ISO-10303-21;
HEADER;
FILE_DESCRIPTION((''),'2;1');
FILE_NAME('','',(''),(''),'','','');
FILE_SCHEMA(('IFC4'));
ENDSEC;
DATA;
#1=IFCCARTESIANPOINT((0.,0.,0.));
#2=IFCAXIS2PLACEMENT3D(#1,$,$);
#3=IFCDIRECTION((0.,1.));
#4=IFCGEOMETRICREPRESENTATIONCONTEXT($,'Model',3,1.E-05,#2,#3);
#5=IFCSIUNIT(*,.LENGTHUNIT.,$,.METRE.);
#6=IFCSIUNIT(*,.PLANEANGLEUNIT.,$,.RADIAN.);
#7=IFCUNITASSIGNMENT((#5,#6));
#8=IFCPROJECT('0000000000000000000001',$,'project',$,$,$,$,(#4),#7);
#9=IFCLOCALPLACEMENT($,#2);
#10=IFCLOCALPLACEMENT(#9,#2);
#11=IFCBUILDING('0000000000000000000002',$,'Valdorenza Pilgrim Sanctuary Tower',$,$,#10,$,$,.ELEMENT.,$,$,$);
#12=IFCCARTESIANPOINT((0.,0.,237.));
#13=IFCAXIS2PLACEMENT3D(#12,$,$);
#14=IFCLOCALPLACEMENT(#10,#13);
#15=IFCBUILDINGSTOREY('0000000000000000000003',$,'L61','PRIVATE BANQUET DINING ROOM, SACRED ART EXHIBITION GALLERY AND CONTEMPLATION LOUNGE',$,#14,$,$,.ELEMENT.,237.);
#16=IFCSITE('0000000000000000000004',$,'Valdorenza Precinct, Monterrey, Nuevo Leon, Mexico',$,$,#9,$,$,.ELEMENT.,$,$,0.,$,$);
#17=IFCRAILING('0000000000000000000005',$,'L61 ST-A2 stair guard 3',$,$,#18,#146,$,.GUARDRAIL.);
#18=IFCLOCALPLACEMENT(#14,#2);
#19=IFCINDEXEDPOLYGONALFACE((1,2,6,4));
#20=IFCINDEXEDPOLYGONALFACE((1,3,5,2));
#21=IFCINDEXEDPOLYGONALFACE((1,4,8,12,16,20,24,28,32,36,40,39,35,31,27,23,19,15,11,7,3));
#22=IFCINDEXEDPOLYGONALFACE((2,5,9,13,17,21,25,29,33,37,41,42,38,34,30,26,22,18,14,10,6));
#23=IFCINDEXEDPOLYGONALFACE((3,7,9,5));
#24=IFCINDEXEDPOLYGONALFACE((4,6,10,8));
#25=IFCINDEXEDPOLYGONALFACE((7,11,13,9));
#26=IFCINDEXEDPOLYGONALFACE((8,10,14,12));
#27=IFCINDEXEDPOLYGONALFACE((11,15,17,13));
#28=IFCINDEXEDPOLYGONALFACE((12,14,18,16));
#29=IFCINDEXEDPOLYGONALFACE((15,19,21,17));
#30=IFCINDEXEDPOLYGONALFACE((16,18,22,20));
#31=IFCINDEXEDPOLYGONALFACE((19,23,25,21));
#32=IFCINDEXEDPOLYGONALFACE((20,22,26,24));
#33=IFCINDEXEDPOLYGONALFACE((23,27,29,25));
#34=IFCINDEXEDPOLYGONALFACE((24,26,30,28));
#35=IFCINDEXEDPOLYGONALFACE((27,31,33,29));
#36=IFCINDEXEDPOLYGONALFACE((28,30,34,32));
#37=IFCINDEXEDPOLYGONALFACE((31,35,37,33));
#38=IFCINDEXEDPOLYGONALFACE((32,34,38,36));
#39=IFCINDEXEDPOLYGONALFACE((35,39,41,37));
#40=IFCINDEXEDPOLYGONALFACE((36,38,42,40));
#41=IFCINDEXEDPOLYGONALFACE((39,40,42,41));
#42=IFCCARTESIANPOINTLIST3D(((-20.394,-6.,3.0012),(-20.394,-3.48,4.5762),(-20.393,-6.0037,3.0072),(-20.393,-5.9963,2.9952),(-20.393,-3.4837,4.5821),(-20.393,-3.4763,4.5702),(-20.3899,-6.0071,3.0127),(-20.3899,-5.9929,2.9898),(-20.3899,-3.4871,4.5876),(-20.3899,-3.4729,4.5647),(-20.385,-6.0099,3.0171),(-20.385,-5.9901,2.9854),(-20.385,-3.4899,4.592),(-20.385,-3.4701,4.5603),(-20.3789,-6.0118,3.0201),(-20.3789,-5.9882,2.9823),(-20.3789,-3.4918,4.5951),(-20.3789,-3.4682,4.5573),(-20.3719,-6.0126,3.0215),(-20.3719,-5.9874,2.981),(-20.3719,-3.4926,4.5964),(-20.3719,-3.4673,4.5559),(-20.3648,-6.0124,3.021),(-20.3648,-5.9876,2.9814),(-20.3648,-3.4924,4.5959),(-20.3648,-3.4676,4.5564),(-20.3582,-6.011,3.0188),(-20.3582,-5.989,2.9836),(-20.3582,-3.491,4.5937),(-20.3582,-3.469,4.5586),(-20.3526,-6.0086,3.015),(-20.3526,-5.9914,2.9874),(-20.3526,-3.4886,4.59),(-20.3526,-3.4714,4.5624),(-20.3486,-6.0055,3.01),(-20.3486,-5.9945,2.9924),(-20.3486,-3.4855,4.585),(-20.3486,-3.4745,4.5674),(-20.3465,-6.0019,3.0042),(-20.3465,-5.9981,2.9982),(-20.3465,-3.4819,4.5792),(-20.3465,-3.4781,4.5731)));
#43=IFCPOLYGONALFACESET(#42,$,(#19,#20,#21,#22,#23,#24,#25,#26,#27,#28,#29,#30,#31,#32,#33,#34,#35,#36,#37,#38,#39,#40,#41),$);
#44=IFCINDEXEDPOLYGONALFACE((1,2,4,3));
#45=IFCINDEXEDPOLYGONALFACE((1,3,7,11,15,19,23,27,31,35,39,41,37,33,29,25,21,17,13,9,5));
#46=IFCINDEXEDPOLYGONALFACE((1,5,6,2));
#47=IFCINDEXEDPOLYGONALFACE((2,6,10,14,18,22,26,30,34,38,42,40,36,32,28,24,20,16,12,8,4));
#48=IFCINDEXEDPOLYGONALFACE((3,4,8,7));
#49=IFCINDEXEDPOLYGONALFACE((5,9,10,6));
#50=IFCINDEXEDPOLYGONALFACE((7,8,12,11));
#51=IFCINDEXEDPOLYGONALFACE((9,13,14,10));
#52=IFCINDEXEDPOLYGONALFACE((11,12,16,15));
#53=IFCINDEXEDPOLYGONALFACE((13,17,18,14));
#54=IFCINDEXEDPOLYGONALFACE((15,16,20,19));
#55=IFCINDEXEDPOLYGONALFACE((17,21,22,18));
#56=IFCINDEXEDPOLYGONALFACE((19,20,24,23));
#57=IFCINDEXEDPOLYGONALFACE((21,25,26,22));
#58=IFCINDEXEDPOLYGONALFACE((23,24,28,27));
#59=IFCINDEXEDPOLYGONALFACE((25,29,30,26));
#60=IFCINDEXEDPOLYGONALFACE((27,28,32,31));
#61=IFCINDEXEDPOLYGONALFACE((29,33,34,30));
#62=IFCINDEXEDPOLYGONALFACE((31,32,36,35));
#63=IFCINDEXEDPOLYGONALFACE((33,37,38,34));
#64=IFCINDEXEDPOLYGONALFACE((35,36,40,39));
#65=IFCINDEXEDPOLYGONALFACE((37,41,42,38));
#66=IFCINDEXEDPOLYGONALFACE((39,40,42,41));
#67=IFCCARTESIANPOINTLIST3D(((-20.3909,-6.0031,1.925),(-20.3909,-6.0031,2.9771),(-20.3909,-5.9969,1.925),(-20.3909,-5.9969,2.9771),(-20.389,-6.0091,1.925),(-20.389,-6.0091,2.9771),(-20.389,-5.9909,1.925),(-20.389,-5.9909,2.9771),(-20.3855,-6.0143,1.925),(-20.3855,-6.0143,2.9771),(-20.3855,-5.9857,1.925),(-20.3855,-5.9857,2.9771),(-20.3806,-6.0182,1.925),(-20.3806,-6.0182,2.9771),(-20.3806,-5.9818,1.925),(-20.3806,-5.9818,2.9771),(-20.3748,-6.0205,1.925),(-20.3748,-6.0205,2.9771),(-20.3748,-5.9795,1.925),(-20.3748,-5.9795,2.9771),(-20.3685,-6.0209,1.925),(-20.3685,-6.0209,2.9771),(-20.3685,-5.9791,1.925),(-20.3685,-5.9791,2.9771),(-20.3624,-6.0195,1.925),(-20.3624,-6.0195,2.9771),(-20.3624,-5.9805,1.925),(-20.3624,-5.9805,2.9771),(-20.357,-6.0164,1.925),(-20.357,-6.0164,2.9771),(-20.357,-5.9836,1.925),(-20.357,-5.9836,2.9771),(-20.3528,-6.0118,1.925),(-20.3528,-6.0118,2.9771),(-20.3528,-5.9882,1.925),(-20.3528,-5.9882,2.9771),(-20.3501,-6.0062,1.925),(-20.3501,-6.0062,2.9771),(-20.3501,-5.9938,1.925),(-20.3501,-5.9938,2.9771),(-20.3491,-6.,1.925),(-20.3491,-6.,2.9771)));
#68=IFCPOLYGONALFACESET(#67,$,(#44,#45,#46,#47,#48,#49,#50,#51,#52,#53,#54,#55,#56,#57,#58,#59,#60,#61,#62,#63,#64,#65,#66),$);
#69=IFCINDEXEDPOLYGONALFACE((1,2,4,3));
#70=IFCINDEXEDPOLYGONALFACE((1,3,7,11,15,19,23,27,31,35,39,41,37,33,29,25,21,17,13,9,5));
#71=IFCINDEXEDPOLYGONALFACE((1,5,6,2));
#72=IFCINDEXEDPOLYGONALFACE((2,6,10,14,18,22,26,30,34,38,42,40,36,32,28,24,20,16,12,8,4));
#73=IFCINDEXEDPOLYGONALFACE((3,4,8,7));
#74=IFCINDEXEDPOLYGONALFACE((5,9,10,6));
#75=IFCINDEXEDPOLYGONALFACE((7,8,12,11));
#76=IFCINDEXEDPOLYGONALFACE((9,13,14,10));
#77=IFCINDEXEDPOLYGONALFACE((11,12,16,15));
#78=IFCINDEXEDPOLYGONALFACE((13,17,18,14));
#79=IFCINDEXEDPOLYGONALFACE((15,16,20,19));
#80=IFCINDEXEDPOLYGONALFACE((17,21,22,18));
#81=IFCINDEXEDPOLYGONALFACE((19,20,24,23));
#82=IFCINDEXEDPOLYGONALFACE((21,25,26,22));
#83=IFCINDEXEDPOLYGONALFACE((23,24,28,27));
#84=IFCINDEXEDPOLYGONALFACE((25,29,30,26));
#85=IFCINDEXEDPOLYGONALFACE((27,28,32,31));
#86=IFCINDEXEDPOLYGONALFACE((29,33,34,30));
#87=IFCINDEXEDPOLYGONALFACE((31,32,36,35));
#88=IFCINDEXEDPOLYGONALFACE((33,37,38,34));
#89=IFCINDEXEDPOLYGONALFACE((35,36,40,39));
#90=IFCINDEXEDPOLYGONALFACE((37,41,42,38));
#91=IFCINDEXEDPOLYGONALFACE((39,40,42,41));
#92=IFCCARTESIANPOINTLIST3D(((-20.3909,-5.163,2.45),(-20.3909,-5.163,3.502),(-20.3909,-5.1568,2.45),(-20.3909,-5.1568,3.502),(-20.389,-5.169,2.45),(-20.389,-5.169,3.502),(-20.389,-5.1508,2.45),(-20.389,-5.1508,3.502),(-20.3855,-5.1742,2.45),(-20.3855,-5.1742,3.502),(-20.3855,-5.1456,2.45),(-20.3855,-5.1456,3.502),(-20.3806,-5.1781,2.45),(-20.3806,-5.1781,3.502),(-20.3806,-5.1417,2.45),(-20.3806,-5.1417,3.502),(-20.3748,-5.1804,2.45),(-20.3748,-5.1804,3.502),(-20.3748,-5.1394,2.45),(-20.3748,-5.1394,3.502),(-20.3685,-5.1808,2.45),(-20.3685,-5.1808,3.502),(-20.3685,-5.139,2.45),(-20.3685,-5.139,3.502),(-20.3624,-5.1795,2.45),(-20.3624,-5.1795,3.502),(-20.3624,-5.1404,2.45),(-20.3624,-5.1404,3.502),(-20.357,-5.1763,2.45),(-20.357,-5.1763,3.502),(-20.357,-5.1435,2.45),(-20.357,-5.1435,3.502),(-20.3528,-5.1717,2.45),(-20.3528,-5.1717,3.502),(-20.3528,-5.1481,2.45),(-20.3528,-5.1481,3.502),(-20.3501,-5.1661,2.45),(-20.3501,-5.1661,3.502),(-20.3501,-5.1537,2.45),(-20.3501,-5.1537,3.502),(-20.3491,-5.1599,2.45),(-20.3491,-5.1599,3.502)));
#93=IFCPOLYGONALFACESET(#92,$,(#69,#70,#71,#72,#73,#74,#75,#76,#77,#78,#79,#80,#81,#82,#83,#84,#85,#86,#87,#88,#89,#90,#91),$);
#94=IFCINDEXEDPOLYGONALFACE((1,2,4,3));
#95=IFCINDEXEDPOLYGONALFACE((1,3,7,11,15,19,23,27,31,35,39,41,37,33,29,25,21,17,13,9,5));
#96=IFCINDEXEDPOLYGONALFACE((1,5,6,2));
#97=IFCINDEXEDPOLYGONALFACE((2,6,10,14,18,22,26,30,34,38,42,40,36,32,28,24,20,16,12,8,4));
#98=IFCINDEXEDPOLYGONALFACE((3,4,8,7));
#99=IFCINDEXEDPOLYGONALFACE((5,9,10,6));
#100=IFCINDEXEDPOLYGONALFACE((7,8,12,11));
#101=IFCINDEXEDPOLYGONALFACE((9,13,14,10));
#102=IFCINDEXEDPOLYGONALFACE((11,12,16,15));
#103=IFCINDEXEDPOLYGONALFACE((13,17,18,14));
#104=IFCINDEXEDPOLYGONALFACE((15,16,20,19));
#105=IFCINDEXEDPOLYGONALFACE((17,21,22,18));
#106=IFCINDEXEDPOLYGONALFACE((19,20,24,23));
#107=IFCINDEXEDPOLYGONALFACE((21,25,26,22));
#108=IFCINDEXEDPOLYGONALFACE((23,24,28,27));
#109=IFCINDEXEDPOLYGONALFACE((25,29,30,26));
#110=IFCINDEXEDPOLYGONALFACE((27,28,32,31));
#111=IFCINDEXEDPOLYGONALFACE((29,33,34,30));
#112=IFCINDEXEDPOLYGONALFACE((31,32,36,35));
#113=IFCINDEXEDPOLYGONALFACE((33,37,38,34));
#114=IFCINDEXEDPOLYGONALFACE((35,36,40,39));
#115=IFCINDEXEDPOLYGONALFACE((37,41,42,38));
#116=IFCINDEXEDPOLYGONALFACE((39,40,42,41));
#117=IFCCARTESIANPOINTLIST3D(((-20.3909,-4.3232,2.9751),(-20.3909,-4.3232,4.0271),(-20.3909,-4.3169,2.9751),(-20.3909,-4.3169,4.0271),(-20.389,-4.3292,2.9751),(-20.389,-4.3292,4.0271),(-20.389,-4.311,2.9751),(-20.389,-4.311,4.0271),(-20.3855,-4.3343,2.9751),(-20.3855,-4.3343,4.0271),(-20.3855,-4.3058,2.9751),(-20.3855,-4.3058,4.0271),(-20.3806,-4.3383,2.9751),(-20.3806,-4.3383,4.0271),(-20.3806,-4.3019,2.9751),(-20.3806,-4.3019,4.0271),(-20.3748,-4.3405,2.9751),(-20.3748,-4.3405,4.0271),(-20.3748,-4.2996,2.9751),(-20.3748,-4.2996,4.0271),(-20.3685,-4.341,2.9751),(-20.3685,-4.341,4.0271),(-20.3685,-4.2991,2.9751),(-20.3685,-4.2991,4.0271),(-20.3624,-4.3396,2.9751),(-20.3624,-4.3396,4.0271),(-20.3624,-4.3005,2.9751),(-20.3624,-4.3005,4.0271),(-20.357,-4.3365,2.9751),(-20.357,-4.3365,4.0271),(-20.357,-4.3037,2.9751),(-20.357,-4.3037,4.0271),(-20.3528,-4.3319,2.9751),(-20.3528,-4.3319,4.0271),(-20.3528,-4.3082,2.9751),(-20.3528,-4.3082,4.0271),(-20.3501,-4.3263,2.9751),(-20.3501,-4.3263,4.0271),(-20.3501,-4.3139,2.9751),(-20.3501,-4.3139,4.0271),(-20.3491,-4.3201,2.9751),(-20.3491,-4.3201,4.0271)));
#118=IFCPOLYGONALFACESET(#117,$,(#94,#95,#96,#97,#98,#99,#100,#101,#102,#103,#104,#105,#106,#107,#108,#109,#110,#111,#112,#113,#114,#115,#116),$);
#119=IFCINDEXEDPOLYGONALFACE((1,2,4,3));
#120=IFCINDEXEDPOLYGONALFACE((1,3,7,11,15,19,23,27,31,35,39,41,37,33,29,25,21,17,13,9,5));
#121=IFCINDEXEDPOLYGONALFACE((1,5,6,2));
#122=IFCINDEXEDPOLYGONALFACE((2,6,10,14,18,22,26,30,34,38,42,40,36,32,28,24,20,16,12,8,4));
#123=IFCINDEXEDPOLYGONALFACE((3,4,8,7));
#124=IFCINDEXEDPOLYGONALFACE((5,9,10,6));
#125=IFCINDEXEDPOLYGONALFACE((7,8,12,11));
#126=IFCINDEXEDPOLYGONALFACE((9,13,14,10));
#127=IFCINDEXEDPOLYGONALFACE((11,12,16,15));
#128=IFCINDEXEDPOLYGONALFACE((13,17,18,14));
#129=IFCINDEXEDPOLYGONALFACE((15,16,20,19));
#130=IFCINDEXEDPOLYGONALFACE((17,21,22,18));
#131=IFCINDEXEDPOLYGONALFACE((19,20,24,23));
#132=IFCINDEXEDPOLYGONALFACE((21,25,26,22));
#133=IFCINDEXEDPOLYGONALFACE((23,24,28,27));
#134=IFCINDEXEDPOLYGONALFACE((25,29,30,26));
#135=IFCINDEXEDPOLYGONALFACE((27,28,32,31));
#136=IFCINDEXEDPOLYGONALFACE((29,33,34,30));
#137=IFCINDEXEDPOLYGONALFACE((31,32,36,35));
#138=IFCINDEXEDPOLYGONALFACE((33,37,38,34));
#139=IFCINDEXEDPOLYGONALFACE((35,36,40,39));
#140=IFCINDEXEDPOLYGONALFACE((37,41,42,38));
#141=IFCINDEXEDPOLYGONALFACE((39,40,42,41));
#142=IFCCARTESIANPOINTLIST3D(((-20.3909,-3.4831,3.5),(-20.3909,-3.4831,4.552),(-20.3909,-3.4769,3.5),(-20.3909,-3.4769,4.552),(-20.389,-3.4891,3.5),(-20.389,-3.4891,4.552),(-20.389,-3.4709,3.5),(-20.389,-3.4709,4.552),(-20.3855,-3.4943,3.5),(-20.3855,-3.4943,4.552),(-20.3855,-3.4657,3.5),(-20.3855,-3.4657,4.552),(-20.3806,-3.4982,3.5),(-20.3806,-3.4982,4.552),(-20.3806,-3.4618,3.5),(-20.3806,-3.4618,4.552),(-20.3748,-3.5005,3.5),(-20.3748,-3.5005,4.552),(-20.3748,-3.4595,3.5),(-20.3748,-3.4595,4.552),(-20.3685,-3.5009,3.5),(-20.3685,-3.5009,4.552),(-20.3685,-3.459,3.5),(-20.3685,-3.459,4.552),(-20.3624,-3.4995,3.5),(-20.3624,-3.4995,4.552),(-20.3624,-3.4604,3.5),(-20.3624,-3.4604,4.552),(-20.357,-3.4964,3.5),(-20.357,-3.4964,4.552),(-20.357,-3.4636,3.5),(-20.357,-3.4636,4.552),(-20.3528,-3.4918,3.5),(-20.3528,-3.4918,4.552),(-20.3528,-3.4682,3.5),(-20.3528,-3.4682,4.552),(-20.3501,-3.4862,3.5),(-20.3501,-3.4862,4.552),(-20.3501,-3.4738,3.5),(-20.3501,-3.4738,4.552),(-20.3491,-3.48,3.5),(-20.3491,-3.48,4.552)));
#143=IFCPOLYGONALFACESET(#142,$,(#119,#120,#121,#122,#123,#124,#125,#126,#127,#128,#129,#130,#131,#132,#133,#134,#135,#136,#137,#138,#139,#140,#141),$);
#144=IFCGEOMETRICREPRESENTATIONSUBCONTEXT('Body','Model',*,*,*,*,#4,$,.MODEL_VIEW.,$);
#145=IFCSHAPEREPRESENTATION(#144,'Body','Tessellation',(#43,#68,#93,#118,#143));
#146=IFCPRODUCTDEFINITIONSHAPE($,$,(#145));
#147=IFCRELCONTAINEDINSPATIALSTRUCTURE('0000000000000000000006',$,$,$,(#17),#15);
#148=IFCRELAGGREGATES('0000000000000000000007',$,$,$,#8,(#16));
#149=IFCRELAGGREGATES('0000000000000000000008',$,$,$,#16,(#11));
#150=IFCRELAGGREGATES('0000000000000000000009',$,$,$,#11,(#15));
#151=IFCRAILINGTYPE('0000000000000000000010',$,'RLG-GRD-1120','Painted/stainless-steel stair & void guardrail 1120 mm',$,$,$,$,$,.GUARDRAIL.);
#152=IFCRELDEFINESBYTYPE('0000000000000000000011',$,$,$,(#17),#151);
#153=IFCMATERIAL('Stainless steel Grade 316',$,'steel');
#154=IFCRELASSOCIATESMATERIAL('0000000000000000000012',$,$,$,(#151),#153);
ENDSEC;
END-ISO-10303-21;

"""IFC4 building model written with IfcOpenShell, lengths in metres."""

from ifc_helpers import new_model, si_unit, direction, frame, origin, origin_2d, place, context, subcontext, project, spatial, circle, extrude, material, type_object, element, save


model = new_model("IFC4")

# Units and contexts
model_context = context("Model", 3, precision=1e-05, world=origin(), true_north=direction((0.0, 1.0)))
body_context = subcontext(model_context, "Body", "Model", "MODEL_VIEW")
ifc_project = project(units=[si_unit("LENGTHUNIT", "METRE"), si_unit("PLANEANGLEUNIT", "RADIAN")], contexts=[model_context])

# Site, building, storey
site_placement = place(None, origin())
site = spatial("IfcSite", under=ifc_project, at=site_placement, Name="Valdorenza Precinct, Monterrey, Nuevo Leon, Mexico", CompositionType="ELEMENT", RefElevation=0.0)
building_placement = place(site_placement, origin())
building = spatial("IfcBuilding", under=site, at=building_placement, Name="Valdorenza Pilgrim Sanctuary Tower", CompositionType="ELEMENT")
storey_placement = place(building_placement, frame((0.0, 0.0, 237.0)))
storey = spatial("IfcBuildingStorey", under=building, at=storey_placement, Name="L61", Description="PRIVATE BANQUET DINING ROOM, SACRED ART EXHIBITION GALLERY AND CONTEMPLATION LOUNGE", CompositionType="ELEMENT", Elevation=237.0)

# Railing
ifc_material_1 = material(Name="Stainless steel Grade 316", Category="steel")
railing_type_1 = type_object("IfcRailingType", Name="RLG-GRD-1120", Description="Painted/stainless-steel stair & void guardrail 1120 mm", PredefinedType="GUARDRAIL", material=ifc_material_1)
railing_1_placement = place(storey_placement, frame((-20.3701, -6.0, 1.925)))
element("IfcRailing", 1, at=railing_1_placement, inside=storey, type_object=railing_type_1, Name="L61 ST-A2 stair guard 3", PredefinedType="GUARDRAIL", context=body_context, shape_type="SweptSolid", body=[
    extrude(circle(Radius=0.0239, at=origin_2d()), frame((0.0, 0.0, 1.0762), z_axis=(0.0, 0.848008, 0.529984), x_axis=(-1.0, 0.0, 0.0)), (0.0, 0.0, 1.0), 2.9717),
    extrude(circle(Radius=0.021, at=origin_2d()), origin(), (0.0, 0.0, 1.0), 1.052),
    extrude(circle(Radius=0.021, at=origin_2d()), frame((0.0, 0.8401, 0.5249)), (0.0, 0.0, 1.0), 1.052),
    extrude(circle(Radius=0.021, at=origin_2d()), frame((0.0, 1.6799, 1.05)), (0.0, 0.0, 1.0), 1.052),
    extrude(circle(Radius=0.021, at=origin_2d()), frame((0.0, 2.52, 1.575)), (0.0, 0.0, 1.0), 1.052),
])

save(model, "model.ifc")
